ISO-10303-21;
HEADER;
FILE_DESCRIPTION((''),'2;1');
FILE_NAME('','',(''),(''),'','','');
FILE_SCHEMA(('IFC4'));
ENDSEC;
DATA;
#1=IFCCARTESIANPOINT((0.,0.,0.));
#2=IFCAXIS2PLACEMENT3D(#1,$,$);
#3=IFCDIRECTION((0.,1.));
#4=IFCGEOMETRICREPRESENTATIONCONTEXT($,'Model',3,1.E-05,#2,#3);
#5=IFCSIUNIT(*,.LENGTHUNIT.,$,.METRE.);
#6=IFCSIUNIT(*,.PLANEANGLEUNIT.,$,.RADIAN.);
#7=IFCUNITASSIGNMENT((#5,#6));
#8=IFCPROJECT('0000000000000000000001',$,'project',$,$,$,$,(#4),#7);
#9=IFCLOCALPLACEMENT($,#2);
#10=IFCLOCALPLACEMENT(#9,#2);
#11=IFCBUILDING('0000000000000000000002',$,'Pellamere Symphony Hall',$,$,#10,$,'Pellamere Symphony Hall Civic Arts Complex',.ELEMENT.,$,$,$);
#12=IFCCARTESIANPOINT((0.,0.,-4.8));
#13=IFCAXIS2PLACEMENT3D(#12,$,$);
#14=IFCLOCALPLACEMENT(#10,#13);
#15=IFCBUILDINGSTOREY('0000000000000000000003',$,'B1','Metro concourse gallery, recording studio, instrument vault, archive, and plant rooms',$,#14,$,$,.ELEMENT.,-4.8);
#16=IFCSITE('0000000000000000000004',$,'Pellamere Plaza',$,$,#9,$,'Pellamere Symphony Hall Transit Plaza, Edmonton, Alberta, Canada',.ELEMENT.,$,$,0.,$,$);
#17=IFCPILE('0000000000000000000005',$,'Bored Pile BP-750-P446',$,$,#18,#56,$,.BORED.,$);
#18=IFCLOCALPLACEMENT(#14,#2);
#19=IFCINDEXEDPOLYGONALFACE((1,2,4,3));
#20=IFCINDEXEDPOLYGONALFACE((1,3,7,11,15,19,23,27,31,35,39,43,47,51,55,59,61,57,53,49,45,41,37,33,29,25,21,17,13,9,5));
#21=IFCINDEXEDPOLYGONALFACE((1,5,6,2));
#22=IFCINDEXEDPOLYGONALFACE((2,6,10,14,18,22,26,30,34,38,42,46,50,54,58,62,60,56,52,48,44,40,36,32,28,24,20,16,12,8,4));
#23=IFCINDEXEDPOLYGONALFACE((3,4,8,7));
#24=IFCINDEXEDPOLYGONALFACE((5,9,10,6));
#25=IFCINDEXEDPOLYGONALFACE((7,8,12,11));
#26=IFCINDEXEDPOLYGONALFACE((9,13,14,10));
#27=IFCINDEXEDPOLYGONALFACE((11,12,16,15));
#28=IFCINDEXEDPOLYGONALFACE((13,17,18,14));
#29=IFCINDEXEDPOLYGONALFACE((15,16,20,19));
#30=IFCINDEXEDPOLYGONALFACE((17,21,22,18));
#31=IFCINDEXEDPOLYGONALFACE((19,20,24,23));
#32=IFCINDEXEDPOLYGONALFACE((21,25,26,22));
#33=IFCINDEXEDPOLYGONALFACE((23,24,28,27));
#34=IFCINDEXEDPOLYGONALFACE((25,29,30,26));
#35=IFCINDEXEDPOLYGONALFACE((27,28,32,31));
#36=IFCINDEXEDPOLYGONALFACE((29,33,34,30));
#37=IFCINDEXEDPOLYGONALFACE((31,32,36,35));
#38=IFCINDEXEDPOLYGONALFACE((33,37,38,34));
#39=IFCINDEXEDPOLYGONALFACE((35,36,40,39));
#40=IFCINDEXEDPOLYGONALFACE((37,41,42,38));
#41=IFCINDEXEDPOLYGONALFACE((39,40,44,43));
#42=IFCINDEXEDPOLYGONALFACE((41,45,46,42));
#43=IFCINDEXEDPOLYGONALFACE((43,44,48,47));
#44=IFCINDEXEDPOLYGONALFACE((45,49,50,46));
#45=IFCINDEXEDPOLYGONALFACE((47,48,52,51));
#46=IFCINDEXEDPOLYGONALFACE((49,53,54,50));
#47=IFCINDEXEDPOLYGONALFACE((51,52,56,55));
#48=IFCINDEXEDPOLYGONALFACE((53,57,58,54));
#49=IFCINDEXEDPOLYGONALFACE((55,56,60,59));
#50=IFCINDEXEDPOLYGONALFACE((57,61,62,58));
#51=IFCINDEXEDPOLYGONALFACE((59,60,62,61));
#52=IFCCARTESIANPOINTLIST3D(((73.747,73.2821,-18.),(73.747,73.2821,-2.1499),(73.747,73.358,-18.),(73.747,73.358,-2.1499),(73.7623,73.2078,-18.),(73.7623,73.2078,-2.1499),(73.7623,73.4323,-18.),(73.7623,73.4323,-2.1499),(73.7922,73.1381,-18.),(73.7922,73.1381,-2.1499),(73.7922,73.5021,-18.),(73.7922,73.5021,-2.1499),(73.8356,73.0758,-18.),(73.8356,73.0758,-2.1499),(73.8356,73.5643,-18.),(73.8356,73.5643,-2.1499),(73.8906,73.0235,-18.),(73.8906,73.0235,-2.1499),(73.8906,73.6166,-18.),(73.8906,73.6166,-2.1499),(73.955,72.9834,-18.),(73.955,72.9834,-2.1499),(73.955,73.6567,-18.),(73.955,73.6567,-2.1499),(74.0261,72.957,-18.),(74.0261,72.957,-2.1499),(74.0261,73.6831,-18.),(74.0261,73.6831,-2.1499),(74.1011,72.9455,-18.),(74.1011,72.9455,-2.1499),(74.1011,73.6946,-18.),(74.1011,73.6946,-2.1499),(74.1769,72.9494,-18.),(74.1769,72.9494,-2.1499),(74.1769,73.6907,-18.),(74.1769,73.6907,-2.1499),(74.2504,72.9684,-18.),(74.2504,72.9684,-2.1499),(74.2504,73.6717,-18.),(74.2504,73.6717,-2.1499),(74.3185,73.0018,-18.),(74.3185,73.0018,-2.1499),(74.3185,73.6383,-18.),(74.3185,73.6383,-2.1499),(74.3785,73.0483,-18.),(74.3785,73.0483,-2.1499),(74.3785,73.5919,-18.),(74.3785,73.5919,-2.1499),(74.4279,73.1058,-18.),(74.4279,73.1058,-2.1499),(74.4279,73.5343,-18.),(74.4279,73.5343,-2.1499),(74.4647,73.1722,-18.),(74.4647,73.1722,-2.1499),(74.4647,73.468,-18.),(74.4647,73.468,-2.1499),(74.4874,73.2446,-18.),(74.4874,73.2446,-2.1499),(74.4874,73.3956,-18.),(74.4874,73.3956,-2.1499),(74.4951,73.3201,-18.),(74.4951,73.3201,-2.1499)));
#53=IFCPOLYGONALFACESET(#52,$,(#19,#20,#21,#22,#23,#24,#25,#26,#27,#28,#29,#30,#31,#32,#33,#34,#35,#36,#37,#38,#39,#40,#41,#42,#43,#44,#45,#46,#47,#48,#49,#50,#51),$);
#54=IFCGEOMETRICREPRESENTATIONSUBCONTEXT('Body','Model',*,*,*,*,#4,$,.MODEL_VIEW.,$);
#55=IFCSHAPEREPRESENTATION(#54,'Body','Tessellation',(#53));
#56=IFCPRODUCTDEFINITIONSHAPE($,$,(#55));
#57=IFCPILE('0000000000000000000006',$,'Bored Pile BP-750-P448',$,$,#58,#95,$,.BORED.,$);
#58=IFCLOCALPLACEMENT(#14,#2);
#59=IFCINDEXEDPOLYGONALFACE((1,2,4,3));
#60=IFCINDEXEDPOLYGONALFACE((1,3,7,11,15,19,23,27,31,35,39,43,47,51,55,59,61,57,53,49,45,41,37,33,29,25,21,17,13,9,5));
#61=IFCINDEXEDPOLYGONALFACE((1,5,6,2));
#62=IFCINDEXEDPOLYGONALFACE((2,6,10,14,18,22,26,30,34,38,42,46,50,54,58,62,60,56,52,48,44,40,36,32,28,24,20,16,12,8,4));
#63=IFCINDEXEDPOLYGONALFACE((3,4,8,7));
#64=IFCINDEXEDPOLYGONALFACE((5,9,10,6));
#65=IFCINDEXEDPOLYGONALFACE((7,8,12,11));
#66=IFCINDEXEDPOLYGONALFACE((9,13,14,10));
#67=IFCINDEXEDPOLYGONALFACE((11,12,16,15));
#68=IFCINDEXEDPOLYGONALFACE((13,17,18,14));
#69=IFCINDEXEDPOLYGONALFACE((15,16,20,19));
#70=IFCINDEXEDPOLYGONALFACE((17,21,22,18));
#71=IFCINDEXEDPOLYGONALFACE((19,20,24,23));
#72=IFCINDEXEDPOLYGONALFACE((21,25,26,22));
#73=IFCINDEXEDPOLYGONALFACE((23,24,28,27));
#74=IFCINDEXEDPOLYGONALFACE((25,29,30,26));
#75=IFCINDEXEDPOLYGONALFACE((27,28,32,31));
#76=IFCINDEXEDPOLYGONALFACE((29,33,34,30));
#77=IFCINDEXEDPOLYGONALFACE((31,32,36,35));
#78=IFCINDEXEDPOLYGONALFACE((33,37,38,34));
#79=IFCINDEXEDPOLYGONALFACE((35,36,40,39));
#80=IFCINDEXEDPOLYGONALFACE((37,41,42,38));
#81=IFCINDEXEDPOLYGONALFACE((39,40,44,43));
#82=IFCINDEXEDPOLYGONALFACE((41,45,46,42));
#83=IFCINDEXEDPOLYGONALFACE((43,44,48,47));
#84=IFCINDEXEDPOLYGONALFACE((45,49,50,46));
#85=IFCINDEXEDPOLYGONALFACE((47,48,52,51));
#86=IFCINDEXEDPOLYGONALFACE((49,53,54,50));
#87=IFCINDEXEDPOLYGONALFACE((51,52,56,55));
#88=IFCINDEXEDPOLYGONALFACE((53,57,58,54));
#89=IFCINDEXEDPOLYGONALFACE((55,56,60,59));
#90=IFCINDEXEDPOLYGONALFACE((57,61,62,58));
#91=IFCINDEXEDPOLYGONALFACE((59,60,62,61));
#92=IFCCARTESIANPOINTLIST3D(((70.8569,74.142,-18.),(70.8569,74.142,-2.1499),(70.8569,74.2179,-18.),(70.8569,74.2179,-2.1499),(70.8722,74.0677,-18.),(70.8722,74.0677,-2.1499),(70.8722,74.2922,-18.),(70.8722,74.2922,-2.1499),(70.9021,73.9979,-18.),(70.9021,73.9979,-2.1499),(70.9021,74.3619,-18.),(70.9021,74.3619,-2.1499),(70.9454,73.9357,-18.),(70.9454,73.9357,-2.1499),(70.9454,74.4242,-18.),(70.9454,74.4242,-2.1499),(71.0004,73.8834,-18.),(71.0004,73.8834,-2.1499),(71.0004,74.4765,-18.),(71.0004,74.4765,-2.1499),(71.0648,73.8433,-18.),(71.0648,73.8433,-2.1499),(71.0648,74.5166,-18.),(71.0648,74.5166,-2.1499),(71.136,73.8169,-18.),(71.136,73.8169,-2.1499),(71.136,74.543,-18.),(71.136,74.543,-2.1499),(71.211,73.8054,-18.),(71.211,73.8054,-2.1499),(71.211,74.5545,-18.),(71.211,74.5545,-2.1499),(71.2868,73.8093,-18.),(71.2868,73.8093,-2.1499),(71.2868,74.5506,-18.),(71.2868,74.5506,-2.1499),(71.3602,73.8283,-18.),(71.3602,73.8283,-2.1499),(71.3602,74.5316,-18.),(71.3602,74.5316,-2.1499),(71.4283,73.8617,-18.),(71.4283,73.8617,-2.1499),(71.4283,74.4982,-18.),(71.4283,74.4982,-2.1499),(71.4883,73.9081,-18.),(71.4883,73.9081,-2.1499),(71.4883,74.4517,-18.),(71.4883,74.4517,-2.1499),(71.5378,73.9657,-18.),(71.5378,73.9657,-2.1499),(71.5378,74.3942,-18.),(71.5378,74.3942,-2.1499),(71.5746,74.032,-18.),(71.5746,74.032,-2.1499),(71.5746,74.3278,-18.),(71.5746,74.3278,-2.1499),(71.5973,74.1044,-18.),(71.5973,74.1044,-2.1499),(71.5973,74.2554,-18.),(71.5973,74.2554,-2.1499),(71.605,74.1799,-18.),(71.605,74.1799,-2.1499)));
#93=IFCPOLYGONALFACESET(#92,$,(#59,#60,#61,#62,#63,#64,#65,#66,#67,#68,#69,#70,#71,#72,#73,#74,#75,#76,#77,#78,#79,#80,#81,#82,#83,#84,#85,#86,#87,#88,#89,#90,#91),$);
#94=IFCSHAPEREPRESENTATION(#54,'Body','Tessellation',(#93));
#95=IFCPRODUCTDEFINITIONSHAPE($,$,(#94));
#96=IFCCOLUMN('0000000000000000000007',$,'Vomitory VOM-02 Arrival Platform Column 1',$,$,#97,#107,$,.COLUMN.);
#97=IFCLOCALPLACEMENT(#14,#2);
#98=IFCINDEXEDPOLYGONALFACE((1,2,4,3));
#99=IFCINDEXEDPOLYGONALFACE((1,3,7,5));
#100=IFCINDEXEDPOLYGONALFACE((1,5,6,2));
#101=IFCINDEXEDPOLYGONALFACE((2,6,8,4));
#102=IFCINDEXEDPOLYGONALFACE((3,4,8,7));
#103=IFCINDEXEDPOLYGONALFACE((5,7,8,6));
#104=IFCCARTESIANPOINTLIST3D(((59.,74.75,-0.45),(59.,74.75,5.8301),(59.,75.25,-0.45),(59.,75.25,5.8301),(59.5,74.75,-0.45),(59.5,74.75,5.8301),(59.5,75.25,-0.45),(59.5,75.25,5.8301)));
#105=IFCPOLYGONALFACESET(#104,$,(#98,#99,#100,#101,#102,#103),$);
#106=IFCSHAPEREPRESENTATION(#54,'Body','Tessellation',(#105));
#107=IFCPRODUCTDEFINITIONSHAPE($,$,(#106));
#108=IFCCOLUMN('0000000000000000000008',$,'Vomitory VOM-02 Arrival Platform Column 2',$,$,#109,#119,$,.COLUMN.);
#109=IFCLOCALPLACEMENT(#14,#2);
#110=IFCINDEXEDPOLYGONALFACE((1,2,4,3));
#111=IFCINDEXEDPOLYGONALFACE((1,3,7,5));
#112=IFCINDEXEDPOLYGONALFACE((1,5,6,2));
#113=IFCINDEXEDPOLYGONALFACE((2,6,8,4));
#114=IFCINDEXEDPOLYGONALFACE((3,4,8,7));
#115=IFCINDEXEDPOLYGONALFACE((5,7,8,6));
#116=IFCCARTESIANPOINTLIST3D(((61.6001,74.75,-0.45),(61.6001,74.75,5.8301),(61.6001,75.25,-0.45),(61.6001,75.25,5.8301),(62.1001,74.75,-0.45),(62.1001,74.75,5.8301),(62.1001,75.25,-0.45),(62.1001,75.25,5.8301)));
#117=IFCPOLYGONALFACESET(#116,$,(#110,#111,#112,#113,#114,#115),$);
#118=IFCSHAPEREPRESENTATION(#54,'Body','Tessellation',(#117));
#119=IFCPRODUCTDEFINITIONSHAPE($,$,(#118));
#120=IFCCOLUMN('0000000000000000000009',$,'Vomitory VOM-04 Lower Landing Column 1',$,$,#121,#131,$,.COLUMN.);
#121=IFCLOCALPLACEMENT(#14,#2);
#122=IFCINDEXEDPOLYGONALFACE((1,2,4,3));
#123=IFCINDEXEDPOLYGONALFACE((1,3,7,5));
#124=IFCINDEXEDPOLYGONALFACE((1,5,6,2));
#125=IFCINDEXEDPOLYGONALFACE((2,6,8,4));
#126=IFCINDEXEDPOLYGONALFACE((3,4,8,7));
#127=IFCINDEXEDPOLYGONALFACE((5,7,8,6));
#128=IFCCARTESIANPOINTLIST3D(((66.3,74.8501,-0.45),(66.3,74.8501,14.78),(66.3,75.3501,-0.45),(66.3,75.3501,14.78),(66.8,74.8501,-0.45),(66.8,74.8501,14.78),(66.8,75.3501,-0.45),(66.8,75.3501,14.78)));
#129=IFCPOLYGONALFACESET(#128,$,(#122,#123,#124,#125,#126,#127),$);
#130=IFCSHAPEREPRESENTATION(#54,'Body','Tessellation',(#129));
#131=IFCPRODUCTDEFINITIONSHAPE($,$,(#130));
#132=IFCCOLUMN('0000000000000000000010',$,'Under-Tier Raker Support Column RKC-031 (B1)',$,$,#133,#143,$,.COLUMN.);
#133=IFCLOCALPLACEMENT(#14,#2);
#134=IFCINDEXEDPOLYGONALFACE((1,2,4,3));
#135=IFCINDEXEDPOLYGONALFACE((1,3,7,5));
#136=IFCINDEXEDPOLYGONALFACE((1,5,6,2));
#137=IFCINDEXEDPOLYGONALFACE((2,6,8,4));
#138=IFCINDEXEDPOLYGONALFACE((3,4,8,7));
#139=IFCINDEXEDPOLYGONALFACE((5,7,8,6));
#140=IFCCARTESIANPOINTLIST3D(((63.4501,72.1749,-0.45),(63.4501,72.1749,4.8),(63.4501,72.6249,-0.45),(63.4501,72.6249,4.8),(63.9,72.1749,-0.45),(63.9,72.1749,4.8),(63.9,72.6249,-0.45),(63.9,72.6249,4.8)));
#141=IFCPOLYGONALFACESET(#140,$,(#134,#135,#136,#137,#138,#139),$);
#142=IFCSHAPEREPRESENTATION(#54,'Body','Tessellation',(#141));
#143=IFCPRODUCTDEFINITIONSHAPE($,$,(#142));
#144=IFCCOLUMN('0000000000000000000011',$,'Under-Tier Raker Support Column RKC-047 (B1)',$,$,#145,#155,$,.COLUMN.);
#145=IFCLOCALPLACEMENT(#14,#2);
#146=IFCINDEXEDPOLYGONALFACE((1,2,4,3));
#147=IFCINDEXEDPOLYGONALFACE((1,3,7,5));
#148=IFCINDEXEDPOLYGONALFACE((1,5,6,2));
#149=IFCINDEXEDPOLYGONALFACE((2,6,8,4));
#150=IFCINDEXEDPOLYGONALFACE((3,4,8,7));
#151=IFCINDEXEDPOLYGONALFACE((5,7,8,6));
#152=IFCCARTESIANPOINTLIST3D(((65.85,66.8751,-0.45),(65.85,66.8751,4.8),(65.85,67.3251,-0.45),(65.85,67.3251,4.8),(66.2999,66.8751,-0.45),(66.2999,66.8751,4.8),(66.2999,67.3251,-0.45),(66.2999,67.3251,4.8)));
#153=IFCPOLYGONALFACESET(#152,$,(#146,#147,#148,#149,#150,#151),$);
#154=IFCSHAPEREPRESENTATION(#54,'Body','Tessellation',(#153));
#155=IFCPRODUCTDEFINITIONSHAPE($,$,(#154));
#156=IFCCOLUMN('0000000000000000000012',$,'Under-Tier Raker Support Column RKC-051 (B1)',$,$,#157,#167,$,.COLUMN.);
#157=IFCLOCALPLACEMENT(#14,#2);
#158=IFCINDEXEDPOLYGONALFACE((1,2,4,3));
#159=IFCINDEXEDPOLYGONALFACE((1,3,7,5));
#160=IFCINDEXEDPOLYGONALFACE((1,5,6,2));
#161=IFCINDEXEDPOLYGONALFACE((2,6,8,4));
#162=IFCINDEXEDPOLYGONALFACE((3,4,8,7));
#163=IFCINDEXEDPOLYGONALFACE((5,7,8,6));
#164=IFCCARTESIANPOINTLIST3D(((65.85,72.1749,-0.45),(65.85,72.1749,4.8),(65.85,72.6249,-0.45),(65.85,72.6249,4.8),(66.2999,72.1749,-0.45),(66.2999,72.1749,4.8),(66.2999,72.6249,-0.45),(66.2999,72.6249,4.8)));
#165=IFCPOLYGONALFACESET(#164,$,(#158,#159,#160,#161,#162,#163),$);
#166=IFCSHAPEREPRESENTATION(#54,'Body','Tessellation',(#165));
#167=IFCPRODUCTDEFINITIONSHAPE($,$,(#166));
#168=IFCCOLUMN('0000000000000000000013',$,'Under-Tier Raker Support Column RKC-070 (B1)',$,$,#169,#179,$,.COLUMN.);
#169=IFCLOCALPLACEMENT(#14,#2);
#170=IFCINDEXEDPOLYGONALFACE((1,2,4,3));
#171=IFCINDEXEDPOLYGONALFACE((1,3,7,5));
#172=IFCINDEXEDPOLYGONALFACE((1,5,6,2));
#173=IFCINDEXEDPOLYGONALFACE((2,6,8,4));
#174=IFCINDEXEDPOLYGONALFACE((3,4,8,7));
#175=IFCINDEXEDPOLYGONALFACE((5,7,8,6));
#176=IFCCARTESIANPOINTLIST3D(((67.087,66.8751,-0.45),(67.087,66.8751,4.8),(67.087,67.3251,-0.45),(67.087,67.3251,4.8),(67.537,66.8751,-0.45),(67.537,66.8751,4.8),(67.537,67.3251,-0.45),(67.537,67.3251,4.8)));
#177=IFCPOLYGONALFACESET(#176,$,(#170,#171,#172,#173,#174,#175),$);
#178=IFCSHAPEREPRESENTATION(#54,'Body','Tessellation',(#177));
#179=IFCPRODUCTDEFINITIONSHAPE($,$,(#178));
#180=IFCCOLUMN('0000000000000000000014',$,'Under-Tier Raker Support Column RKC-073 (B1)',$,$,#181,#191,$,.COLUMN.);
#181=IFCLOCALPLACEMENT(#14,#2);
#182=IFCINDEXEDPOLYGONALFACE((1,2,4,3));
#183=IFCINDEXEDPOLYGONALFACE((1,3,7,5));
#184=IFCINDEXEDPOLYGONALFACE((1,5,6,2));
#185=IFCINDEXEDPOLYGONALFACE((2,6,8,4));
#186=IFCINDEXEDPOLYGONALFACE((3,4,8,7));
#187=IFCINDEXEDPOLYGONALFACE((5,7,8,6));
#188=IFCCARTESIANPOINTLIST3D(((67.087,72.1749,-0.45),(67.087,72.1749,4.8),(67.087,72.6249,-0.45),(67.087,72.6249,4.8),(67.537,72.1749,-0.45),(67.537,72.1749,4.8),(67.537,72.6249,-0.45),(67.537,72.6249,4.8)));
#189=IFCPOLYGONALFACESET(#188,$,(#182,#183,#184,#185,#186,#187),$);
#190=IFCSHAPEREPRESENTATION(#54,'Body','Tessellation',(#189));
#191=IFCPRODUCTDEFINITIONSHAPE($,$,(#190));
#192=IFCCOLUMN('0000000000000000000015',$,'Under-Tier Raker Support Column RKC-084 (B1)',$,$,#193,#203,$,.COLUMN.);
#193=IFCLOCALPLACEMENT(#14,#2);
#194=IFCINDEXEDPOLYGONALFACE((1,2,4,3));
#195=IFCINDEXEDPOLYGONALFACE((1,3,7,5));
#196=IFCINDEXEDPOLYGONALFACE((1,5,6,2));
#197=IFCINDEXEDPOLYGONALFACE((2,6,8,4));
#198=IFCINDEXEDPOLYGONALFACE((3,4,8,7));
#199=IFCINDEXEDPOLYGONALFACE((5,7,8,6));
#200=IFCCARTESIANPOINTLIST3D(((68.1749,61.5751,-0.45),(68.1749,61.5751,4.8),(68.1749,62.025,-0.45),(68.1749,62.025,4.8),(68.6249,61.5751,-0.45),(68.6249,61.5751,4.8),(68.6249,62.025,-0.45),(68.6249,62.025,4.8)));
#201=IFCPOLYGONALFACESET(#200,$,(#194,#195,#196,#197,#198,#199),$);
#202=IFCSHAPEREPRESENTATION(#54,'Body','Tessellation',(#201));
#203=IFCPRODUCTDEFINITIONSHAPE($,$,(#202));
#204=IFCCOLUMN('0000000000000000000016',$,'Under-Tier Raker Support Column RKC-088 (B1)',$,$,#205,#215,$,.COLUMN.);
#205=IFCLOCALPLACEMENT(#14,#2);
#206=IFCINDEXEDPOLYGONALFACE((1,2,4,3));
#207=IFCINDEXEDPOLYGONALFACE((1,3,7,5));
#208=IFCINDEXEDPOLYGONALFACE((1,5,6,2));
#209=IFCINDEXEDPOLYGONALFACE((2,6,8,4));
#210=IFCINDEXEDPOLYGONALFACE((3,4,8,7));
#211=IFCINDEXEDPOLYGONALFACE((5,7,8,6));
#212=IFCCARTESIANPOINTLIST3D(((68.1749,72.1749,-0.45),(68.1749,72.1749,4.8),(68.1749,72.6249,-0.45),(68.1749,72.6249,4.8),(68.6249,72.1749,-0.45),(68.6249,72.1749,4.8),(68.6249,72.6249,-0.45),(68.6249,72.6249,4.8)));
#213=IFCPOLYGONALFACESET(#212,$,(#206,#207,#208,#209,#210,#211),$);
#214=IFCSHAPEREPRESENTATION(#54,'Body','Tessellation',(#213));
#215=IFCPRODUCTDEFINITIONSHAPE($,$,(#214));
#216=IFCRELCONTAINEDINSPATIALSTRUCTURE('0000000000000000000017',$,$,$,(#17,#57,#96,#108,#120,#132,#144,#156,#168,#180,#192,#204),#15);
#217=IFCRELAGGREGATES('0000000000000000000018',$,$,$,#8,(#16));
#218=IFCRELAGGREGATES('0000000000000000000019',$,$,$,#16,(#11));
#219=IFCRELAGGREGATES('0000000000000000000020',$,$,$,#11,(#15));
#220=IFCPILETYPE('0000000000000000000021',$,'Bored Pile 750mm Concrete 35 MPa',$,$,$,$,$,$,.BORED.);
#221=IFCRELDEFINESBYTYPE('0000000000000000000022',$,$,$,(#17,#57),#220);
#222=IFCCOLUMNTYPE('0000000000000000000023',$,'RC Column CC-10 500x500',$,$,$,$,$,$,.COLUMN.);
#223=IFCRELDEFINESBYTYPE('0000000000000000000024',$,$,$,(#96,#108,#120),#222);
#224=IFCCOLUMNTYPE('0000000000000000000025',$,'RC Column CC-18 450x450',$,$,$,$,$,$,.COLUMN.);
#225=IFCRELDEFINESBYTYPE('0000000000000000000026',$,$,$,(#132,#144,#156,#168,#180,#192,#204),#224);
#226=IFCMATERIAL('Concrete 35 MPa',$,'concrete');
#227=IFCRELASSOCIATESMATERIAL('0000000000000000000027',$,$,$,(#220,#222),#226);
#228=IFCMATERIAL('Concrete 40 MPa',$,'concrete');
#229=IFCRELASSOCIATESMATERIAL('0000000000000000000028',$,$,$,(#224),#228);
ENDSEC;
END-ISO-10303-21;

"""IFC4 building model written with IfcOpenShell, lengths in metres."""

from ifc_helpers import new_model, si_unit, direction, frame, origin, origin_2d, place, context, subcontext, project, spatial, rectangle, circle, extrude, material, material_profile, profile_set, type_object, element, save


model = new_model("IFC4")

# Units and contexts
model_context = context("Model", 3, precision=1e-05, world=origin(), true_north=direction((0.0, 1.0)))
body_context = subcontext(model_context, "Body", "Model", "MODEL_VIEW")
ifc_project = project(units=[si_unit("LENGTHUNIT", "METRE"), si_unit("PLANEANGLEUNIT", "RADIAN")], contexts=[model_context])

# Site, building, storey
site_placement = place(None, origin())
site = spatial("IfcSite", under=ifc_project, at=site_placement, Name="Pellamere Plaza", LongName="Pellamere Symphony Hall Transit Plaza, Edmonton, Alberta, Canada", CompositionType="ELEMENT", RefElevation=0.0)
building_placement = place(site_placement, origin())
building = spatial("IfcBuilding", under=site, at=building_placement, Name="Pellamere Symphony Hall", LongName="Pellamere Symphony Hall Civic Arts Complex", CompositionType="ELEMENT")
storey_placement = place(building_placement, frame((0.0, 0.0, -4.8)))
storey = spatial("IfcBuildingStorey", under=building, at=storey_placement, Name="B1", Description="Metro concourse gallery, recording studio, instrument vault, archive, and plant rooms", CompositionType="ELEMENT", Elevation=-4.8)

# Piles
ifc_material_1 = material(Name="Concrete 35 MPa", Category="concrete")
ifc_material_profile_1 = material_profile(ifc_material_1, circle(Radius=0.375, at=origin_2d()), Name="PILE D750")
ifc_profile_set_1 = profile_set([ifc_material_profile_1], Name="Concrete 35 MPa")
pile_type = type_object("IfcPileType", Name="Bored Pile 750mm Concrete 35 MPa", PredefinedType="BORED", material=ifc_profile_set_1)
for number, where, z_axis, x_axis, name in (
    (1, (74.1201, 73.3201, -2.1499), (0.0, 0.0, -1.0), (1.0, 0.0, 0.0), "Bored Pile BP-750-P446"),
    (2, (71.23, 74.1799, -2.1499), (0.0, 0.0, -1.0), (1.0, 0.0, 0.0), "Bored Pile BP-750-P448"),
):
    element("IfcPile", number, at=place(storey_placement, frame(where, z_axis=z_axis, x_axis=x_axis)), inside=storey, type_object=pile_type, Name=name, PredefinedType="BORED", context=body_context, shape_type="SweptSolid", body=[
        extrude(circle(Radius=0.375, at=origin_2d()), origin(), (0.0, 0.0, 1.0), 15.8501),
    ])

# Columns
ifc_material_profile_2 = material_profile(ifc_material_1, rectangle(XDim=0.5, YDim=0.5, at=origin_2d()), Name="RC 500x500")
ifc_profile_set_2 = profile_set([ifc_material_profile_2], Name="Concrete 35 MPa")
column_type_1 = type_object("IfcColumnType", Name="RC Column CC-10 500x500", PredefinedType="COLUMN", material=ifc_profile_set_2)
for number, where, z_axis, x_axis, name in (
    (3, (59.25, 75.0, -0.45), (0.0, 0.0, 1.0), (1.0, 0.0, 0.0), "Vomitory VOM-02 Arrival Platform Column 1"),
    (4, (61.8501, 75.0, -0.45), (0.0, 0.0, 1.0), (1.0, 0.0, 0.0), "Vomitory VOM-02 Arrival Platform Column 2"),
):
    element("IfcColumn", number, at=place(storey_placement, frame(where, z_axis=z_axis, x_axis=x_axis)), inside=storey, type_object=column_type_1, Name=name, PredefinedType="COLUMN", context=body_context, shape_type="SweptSolid", body=[
        extrude(rectangle(XDim=0.5, YDim=0.5, at=origin_2d()), origin(), (0.0, 0.0, 1.0), 6.28),
    ])
column_placement = place(storey_placement, frame((66.55, 75.1001, -0.45), z_axis=(0.0, 0.0, 1.0), x_axis=(1.0, 0.0, 0.0)))
element("IfcColumn", 5, at=column_placement, inside=storey, type_object=column_type_1, Name="Vomitory VOM-04 Lower Landing Column 1", PredefinedType="COLUMN", context=body_context, shape_type="SweptSolid", body=[
    extrude(rectangle(XDim=0.5, YDim=0.5, at=origin_2d()), origin(), (0.0, 0.0, 1.0), 15.23),
])
ifc_material_2 = material(Name="Concrete 40 MPa", Category="concrete")
ifc_material_profile_3 = material_profile(ifc_material_2, rectangle(XDim=0.45, YDim=0.45, at=origin_2d()), Name="RC 450x450")
ifc_profile_set_3 = profile_set([ifc_material_profile_3], Name="Concrete 40 MPa")
column_type_2 = type_object("IfcColumnType", Name="RC Column CC-18 450x450", PredefinedType="COLUMN", material=ifc_profile_set_3)
for number, where, z_axis, x_axis, name in (
    (6, (63.675, 72.3999, -0.45), (0.0, 0.0, 1.0), (1.0, 0.0, 0.0), "Under-Tier Raker Support Column RKC-031 (B1)"),
    (7, (66.075, 67.1001, -0.45), (0.0, 0.0, 1.0), (1.0, 0.0, 0.0), "Under-Tier Raker Support Column RKC-047 (B1)"),
    (8, (66.075, 72.3999, -0.45), (0.0, 0.0, 1.0), (1.0, 0.0, 0.0), "Under-Tier Raker Support Column RKC-051 (B1)"),
    (9, (67.312, 67.1001, -0.45), (0.0, 0.0, 1.0), (1.0, 0.0, 0.0), "Under-Tier Raker Support Column RKC-070 (B1)"),
    (10, (67.312, 72.3999, -0.45), (0.0, 0.0, 1.0), (1.0, 0.0, 0.0), "Under-Tier Raker Support Column RKC-073 (B1)"),
    (11, (68.3999, 61.8, -0.45), (0.0, 0.0, 1.0), (1.0, 0.0, 0.0), "Under-Tier Raker Support Column RKC-084 (B1)"),
    (12, (68.3999, 72.3999, -0.45), (0.0, 0.0, 1.0), (1.0, 0.0, 0.0), "Under-Tier Raker Support Column RKC-088 (B1)"),
):
    element("IfcColumn", number, at=place(storey_placement, frame(where, z_axis=z_axis, x_axis=x_axis)), inside=storey, type_object=column_type_2, Name=name, PredefinedType="COLUMN", context=body_context, shape_type="SweptSolid", body=[
        extrude(rectangle(XDim=0.45, YDim=0.45, at=origin_2d()), origin(), (0.0, 0.0, 1.0), 5.25),
    ])

save(model, "model.ifc")
